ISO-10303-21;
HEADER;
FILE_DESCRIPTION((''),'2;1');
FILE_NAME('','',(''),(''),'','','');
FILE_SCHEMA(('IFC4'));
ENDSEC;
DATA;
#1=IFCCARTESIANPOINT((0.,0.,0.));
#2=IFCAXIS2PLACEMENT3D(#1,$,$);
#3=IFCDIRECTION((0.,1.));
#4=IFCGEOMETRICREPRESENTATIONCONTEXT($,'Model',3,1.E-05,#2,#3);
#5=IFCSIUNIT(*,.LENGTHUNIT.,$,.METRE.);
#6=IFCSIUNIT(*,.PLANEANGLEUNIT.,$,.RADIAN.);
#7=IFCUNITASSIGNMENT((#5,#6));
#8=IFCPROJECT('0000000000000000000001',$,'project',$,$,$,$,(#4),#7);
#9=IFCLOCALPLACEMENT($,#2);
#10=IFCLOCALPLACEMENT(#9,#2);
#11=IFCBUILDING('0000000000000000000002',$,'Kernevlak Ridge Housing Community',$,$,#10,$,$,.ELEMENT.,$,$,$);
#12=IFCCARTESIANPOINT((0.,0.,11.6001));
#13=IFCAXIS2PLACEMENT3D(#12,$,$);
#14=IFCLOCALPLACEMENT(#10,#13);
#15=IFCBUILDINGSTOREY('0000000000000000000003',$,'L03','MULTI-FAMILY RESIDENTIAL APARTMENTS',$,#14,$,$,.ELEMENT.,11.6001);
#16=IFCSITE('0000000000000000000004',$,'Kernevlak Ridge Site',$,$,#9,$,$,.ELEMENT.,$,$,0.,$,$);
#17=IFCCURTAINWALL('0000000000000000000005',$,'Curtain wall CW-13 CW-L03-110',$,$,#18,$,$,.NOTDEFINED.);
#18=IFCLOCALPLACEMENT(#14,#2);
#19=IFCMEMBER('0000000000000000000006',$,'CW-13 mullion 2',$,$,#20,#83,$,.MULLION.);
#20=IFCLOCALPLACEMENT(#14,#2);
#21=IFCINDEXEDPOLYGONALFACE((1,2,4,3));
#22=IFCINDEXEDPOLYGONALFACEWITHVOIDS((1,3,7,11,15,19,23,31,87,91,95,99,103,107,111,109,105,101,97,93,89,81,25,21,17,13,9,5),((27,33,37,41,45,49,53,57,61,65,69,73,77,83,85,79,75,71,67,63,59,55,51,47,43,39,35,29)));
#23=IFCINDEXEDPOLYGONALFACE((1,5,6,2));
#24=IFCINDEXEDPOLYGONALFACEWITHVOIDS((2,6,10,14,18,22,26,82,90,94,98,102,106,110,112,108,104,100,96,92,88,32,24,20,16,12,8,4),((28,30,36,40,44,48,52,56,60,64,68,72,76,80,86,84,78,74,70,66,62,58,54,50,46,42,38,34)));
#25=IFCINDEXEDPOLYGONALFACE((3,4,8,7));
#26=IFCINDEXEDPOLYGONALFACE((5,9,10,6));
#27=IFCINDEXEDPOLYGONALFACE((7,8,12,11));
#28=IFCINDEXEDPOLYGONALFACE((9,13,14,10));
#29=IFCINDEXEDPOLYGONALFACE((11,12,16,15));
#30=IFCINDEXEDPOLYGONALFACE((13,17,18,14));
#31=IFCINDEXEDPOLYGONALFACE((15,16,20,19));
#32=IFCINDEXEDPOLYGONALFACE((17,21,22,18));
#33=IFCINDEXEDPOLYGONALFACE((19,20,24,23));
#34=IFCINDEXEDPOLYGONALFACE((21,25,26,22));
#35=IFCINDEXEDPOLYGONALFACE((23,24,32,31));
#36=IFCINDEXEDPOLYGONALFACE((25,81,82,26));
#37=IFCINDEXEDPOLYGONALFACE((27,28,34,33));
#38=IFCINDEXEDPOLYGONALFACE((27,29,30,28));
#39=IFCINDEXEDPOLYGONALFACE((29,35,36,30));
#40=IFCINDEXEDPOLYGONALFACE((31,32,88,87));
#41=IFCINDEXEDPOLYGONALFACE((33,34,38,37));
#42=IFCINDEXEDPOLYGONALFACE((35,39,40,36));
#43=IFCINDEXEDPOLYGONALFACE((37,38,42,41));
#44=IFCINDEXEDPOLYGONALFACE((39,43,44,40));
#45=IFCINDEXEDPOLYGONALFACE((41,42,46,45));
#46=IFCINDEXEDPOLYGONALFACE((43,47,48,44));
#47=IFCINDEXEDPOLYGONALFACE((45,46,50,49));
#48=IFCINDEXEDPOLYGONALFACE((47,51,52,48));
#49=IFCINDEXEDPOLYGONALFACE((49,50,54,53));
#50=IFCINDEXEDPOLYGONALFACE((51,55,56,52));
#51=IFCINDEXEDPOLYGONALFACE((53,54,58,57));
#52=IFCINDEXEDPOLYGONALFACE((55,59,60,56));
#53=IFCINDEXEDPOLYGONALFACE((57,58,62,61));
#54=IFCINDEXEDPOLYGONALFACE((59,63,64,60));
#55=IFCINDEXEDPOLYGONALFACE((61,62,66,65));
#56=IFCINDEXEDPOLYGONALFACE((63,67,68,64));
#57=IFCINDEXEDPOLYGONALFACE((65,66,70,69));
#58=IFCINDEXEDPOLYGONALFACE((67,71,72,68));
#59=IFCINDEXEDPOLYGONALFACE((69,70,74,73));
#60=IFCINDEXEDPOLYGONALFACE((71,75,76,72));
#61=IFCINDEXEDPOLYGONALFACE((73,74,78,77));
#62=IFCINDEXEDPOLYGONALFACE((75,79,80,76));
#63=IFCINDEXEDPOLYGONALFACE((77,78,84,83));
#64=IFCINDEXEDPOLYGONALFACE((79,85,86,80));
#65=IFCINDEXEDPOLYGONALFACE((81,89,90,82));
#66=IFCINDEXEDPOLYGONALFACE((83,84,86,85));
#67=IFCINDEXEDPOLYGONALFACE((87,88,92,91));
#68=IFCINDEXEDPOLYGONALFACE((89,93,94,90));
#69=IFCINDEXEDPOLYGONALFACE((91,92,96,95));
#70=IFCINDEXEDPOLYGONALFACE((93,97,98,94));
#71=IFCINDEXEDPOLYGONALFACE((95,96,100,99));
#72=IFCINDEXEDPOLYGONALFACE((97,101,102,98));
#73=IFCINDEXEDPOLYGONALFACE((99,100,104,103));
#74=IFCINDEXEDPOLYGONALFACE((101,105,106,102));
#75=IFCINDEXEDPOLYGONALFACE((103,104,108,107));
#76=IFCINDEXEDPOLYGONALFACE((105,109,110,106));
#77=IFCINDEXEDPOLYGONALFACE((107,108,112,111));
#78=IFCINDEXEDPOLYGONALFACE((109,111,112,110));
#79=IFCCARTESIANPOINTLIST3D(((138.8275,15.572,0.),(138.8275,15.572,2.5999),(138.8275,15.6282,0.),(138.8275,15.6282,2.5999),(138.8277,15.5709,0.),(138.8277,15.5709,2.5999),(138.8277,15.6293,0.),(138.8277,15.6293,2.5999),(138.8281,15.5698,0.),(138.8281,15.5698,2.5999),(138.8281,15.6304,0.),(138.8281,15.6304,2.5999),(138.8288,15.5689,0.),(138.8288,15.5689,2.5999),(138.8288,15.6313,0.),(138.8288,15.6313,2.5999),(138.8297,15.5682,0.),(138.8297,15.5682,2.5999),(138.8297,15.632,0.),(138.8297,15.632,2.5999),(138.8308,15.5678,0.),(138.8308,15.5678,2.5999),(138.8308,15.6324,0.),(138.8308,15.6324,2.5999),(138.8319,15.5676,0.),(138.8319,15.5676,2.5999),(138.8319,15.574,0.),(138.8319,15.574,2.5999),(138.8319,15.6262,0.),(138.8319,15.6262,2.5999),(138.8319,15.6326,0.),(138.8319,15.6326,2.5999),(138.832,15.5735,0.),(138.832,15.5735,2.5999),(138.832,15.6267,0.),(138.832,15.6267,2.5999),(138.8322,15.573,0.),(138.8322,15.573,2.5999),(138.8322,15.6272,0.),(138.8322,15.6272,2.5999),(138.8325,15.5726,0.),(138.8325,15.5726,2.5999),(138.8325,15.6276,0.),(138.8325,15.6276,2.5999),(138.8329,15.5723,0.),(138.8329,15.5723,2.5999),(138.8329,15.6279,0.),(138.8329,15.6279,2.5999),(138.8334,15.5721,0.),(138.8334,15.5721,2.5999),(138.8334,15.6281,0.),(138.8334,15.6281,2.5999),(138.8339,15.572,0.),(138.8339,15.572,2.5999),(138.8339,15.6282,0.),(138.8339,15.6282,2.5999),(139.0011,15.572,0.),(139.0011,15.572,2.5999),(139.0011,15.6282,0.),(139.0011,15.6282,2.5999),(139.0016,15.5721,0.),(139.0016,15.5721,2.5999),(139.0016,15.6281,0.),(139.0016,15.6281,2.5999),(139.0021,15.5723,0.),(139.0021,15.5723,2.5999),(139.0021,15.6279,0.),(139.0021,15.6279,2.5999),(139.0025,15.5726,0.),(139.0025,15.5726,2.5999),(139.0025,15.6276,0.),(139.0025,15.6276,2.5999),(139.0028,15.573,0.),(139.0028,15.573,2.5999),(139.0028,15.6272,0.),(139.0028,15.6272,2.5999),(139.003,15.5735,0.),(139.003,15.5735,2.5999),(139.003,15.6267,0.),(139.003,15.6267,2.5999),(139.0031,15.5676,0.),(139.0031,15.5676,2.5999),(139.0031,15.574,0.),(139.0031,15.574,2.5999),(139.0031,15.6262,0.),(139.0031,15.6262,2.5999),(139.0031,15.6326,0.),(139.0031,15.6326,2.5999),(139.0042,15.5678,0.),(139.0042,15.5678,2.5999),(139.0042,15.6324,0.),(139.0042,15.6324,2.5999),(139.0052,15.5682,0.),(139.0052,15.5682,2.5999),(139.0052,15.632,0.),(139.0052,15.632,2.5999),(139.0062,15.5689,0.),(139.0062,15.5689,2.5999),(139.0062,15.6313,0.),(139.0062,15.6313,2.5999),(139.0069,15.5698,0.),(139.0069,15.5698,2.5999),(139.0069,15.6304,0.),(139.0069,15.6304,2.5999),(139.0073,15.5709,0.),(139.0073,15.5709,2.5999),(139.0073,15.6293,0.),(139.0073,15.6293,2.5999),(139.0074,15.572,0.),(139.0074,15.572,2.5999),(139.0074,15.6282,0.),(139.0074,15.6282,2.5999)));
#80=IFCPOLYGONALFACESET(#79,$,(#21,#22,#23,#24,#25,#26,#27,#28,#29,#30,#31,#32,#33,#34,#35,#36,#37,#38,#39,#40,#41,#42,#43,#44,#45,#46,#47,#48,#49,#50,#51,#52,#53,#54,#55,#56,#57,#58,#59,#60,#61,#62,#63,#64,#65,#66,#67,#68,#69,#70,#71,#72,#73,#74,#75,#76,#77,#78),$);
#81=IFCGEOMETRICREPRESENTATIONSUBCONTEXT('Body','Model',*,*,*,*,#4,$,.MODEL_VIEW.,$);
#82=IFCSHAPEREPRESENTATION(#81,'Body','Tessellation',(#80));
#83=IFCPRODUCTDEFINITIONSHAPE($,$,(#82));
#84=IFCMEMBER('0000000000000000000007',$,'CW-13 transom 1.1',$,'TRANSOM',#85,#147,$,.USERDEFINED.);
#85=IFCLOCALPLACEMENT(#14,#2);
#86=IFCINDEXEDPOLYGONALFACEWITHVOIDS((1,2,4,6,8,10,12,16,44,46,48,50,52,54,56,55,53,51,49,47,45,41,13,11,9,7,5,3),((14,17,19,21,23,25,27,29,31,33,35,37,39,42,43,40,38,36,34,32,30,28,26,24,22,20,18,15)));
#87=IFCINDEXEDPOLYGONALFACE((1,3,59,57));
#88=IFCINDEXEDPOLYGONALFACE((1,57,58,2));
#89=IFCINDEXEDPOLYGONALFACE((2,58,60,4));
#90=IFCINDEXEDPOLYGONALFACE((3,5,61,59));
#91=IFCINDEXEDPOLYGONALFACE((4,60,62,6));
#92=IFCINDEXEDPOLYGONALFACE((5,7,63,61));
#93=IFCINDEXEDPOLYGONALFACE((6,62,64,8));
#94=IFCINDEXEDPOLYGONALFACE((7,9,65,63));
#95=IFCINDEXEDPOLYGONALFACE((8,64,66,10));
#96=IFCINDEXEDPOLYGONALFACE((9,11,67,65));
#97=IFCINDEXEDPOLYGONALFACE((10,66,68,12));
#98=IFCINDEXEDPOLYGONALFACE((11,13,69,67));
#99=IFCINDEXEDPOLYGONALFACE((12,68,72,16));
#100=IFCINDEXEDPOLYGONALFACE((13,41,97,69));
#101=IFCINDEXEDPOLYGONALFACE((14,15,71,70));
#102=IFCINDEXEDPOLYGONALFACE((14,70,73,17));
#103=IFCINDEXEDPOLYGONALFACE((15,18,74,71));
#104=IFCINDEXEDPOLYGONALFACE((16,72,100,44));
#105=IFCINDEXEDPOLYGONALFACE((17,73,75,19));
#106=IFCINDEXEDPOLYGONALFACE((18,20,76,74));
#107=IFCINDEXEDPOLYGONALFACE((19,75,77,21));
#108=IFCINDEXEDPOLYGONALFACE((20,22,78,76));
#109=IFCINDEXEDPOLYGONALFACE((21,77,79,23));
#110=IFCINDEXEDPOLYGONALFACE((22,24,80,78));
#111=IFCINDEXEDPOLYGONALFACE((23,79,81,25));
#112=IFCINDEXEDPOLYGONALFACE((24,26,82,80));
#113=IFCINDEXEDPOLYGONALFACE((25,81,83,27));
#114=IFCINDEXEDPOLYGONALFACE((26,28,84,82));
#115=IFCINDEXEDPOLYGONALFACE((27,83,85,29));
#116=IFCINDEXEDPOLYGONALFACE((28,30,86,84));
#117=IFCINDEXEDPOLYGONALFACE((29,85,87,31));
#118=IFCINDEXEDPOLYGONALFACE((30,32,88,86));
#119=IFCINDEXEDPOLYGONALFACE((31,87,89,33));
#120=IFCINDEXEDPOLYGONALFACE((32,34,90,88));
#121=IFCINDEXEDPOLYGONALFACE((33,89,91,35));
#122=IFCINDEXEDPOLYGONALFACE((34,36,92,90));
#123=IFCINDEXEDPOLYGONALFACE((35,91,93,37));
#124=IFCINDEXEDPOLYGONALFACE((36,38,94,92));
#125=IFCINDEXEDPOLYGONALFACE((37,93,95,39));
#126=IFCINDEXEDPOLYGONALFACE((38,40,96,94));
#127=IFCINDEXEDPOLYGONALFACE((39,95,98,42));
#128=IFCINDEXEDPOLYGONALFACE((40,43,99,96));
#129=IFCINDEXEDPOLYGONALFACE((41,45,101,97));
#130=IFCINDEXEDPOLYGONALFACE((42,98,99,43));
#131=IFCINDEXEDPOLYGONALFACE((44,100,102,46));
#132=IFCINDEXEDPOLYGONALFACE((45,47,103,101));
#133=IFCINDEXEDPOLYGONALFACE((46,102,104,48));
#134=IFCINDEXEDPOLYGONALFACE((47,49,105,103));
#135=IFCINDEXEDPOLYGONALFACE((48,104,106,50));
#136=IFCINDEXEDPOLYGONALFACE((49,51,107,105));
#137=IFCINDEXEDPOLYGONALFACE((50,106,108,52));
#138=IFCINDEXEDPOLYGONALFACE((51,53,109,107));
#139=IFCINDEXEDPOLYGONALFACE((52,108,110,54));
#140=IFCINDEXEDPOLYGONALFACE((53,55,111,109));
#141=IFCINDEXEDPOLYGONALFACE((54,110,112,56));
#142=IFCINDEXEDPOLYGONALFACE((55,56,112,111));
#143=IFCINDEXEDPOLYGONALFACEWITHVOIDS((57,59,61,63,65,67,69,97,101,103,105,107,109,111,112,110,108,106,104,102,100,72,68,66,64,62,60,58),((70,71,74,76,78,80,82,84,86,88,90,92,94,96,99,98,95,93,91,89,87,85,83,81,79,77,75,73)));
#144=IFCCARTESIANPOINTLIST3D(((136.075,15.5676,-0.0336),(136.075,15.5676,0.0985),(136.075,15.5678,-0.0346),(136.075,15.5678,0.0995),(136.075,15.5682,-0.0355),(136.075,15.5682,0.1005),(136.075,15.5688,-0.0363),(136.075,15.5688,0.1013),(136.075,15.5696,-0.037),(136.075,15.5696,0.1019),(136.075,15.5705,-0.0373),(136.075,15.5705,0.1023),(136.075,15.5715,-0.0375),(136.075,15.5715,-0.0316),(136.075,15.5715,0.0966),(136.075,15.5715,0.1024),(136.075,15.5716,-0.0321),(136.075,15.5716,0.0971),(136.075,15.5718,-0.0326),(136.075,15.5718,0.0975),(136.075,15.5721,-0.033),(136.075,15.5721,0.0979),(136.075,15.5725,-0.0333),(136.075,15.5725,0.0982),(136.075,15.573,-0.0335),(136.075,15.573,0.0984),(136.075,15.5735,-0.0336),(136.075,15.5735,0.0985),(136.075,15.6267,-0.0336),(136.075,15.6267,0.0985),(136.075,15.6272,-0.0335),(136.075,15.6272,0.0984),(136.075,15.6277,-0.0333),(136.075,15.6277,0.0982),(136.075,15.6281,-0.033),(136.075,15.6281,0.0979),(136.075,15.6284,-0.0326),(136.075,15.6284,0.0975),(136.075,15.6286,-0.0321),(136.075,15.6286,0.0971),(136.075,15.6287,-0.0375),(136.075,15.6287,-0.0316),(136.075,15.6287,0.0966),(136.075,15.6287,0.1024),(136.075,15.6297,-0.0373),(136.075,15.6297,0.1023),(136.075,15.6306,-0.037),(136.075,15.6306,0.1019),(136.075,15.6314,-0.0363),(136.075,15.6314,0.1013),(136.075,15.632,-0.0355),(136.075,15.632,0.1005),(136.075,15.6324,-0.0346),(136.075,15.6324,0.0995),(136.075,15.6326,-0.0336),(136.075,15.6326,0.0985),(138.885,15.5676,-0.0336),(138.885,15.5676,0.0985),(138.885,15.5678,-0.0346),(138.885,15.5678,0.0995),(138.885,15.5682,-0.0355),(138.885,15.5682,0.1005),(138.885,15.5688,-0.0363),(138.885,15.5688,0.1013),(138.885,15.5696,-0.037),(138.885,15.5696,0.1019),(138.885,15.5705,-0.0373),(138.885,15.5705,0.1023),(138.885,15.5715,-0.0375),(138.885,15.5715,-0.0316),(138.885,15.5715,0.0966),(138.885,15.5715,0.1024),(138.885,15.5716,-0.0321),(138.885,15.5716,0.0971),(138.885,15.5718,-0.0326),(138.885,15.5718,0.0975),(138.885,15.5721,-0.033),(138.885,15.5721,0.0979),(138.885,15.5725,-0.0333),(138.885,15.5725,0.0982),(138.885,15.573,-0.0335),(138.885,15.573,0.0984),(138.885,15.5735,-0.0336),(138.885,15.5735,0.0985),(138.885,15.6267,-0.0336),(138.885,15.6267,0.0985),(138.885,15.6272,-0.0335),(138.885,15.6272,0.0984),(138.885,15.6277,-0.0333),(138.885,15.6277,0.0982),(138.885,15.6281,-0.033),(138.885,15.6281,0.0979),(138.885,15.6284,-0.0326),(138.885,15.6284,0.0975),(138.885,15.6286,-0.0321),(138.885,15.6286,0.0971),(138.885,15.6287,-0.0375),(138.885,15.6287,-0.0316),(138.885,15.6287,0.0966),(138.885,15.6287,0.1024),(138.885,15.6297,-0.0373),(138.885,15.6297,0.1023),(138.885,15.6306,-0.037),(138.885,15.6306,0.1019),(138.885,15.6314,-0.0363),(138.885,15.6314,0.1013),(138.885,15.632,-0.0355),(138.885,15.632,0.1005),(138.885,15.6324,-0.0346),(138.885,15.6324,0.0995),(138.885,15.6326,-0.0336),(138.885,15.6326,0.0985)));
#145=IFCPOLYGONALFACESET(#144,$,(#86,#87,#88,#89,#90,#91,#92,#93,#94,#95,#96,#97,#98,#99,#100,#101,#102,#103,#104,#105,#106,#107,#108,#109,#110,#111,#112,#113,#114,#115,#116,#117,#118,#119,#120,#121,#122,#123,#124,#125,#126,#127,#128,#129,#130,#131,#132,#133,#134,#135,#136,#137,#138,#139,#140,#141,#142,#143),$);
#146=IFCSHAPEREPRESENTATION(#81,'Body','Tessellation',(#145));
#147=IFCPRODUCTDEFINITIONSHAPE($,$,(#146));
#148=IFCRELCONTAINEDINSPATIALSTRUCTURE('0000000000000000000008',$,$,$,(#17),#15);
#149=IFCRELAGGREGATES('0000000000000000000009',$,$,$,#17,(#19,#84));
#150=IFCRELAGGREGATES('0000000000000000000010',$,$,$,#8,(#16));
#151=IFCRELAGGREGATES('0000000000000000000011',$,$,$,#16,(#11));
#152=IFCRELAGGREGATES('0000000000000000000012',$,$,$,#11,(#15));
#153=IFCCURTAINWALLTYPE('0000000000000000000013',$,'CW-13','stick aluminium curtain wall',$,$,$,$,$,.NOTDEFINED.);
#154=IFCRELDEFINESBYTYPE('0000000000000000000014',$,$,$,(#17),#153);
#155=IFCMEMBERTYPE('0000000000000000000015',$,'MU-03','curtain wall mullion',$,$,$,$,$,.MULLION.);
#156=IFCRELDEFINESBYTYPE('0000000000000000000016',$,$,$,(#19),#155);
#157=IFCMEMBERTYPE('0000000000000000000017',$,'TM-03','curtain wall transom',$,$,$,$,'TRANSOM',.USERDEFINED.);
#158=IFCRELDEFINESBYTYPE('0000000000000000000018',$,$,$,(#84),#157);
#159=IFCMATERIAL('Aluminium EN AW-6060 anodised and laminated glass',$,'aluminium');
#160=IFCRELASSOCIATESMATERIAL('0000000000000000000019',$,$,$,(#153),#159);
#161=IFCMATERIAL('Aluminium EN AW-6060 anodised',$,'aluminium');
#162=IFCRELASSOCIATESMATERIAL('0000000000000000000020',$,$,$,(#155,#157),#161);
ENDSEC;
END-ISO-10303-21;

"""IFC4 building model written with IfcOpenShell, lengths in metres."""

from ifc_helpers import new_model, si_unit, direction, frame, origin, origin_2d, place, context, subcontext, project, spatial, hollow_rectangle, extrude, material, material_profile, profile_set, type_object, element, aggregate, save


model = new_model("IFC4")

# Units and contexts
model_context = context("Model", 3, precision=1e-05, world=origin(), true_north=direction((0.0, 1.0)))
body_context = subcontext(model_context, "Body", "Model", "MODEL_VIEW")
ifc_project = project(units=[si_unit("LENGTHUNIT", "METRE"), si_unit("PLANEANGLEUNIT", "RADIAN")], contexts=[model_context])

# Site, building, storey
site_placement = place(None, origin())
site = spatial("IfcSite", under=ifc_project, at=site_placement, Name="Kernevlak Ridge Site", CompositionType="ELEMENT", RefElevation=0.0)
building_placement = place(site_placement, origin())
building = spatial("IfcBuilding", under=site, at=building_placement, Name="Kernevlak Ridge Housing Community", CompositionType="ELEMENT")
storey_placement = place(building_placement, frame((0.0, 0.0, 11.6001)))
storey = spatial("IfcBuildingStorey", under=building, at=storey_placement, Name="L03", Description="MULTI-FAMILY RESIDENTIAL APARTMENTS", CompositionType="ELEMENT", Elevation=11.6001)

# Shared definitions
ifc_material_1 = material(Name="Aluminium EN AW-6060 anodised and laminated glass", Category="aluminium")
ifc_material_2 = material(Name="Aluminium EN AW-6060 anodised", Category="aluminium")

# Curtain wall, members
curtain_wall_type_1 = type_object("IfcCurtainWallType", Name="CW-13", Description="stick aluminium curtain wall", PredefinedType="NOTDEFINED", material=ifc_material_1)
curtain_wall_1_placement = place(storey_placement, origin())
curtain_wall_1 = element("IfcCurtainWall", 1, at=curtain_wall_1_placement, inside=storey, type_object=curtain_wall_type_1, Name="Curtain wall CW-13 CW-L03-110", PredefinedType="NOTDEFINED")
ifc_material_profile_1 = material_profile(ifc_material_2, hollow_rectangle(XDim=0.0649, YDim=0.1799, WallThickness=0.0044, InnerFilletRadius=0.002, OuterFilletRadius=0.0044, at=origin_2d()), Name="ALU 65x180x4.5")
ifc_profile_set_1 = profile_set([ifc_material_profile_1], Name="Aluminium EN AW-6060 anodised")
member_type_1 = type_object("IfcMemberType", Name="MU-03", Description="curtain wall mullion", PredefinedType="MULLION", material=ifc_profile_set_1)
member_1_placement = place(storey_placement, frame((138.9175, 15.6001, 0.0), z_axis=(0.0, 0.0, 1.0), x_axis=(0.0, 1.0, 0.0)))
member_1 = element("IfcMember", 2, at=member_1_placement, type_object=member_type_1, Name="CW-13 mullion 2", PredefinedType="MULLION", context=body_context, shape_type="SweptSolid", body=[
    extrude(hollow_rectangle(XDim=0.0649, YDim=0.1799, WallThickness=0.0044, InnerFilletRadius=0.002, OuterFilletRadius=0.0044, at=origin_2d()), origin(), (0.0, 0.0, 1.0), 2.5999),
])
ifc_material_profile_2 = material_profile(ifc_material_2, hollow_rectangle(XDim=0.0649, YDim=0.1399, WallThickness=0.0039, InnerFilletRadius=0.002, OuterFilletRadius=0.0039, at=origin_2d()), Name="ALU 65x140x4")
ifc_profile_set_2 = profile_set([ifc_material_profile_2], Name="Aluminium EN AW-6060 anodised")
member_type_2 = type_object("IfcMemberType", Name="TM-03", Description="curtain wall transom", ElementType="TRANSOM", PredefinedType="USERDEFINED", material=ifc_profile_set_2)
member_2_placement = place(storey_placement, frame((136.075, 15.6001, 0.0325), z_axis=(1.0, 0.0, 0.0), x_axis=(0.0, 1.0, 0.0)))
member_2 = element("IfcMember", 3, at=member_2_placement, type_object=member_type_2, Name="CW-13 transom 1.1", ObjectType="TRANSOM", PredefinedType="USERDEFINED", context=body_context, shape_type="SweptSolid", body=[
    extrude(hollow_rectangle(XDim=0.0649, YDim=0.1399, WallThickness=0.0039, InnerFilletRadius=0.002, OuterFilletRadius=0.0039, at=origin_2d()), origin(), (0.0, 0.0, 1.0), 2.8101),
])

aggregate(curtain_wall_1, [member_1, member_2])

save(model, "model.ifc")
